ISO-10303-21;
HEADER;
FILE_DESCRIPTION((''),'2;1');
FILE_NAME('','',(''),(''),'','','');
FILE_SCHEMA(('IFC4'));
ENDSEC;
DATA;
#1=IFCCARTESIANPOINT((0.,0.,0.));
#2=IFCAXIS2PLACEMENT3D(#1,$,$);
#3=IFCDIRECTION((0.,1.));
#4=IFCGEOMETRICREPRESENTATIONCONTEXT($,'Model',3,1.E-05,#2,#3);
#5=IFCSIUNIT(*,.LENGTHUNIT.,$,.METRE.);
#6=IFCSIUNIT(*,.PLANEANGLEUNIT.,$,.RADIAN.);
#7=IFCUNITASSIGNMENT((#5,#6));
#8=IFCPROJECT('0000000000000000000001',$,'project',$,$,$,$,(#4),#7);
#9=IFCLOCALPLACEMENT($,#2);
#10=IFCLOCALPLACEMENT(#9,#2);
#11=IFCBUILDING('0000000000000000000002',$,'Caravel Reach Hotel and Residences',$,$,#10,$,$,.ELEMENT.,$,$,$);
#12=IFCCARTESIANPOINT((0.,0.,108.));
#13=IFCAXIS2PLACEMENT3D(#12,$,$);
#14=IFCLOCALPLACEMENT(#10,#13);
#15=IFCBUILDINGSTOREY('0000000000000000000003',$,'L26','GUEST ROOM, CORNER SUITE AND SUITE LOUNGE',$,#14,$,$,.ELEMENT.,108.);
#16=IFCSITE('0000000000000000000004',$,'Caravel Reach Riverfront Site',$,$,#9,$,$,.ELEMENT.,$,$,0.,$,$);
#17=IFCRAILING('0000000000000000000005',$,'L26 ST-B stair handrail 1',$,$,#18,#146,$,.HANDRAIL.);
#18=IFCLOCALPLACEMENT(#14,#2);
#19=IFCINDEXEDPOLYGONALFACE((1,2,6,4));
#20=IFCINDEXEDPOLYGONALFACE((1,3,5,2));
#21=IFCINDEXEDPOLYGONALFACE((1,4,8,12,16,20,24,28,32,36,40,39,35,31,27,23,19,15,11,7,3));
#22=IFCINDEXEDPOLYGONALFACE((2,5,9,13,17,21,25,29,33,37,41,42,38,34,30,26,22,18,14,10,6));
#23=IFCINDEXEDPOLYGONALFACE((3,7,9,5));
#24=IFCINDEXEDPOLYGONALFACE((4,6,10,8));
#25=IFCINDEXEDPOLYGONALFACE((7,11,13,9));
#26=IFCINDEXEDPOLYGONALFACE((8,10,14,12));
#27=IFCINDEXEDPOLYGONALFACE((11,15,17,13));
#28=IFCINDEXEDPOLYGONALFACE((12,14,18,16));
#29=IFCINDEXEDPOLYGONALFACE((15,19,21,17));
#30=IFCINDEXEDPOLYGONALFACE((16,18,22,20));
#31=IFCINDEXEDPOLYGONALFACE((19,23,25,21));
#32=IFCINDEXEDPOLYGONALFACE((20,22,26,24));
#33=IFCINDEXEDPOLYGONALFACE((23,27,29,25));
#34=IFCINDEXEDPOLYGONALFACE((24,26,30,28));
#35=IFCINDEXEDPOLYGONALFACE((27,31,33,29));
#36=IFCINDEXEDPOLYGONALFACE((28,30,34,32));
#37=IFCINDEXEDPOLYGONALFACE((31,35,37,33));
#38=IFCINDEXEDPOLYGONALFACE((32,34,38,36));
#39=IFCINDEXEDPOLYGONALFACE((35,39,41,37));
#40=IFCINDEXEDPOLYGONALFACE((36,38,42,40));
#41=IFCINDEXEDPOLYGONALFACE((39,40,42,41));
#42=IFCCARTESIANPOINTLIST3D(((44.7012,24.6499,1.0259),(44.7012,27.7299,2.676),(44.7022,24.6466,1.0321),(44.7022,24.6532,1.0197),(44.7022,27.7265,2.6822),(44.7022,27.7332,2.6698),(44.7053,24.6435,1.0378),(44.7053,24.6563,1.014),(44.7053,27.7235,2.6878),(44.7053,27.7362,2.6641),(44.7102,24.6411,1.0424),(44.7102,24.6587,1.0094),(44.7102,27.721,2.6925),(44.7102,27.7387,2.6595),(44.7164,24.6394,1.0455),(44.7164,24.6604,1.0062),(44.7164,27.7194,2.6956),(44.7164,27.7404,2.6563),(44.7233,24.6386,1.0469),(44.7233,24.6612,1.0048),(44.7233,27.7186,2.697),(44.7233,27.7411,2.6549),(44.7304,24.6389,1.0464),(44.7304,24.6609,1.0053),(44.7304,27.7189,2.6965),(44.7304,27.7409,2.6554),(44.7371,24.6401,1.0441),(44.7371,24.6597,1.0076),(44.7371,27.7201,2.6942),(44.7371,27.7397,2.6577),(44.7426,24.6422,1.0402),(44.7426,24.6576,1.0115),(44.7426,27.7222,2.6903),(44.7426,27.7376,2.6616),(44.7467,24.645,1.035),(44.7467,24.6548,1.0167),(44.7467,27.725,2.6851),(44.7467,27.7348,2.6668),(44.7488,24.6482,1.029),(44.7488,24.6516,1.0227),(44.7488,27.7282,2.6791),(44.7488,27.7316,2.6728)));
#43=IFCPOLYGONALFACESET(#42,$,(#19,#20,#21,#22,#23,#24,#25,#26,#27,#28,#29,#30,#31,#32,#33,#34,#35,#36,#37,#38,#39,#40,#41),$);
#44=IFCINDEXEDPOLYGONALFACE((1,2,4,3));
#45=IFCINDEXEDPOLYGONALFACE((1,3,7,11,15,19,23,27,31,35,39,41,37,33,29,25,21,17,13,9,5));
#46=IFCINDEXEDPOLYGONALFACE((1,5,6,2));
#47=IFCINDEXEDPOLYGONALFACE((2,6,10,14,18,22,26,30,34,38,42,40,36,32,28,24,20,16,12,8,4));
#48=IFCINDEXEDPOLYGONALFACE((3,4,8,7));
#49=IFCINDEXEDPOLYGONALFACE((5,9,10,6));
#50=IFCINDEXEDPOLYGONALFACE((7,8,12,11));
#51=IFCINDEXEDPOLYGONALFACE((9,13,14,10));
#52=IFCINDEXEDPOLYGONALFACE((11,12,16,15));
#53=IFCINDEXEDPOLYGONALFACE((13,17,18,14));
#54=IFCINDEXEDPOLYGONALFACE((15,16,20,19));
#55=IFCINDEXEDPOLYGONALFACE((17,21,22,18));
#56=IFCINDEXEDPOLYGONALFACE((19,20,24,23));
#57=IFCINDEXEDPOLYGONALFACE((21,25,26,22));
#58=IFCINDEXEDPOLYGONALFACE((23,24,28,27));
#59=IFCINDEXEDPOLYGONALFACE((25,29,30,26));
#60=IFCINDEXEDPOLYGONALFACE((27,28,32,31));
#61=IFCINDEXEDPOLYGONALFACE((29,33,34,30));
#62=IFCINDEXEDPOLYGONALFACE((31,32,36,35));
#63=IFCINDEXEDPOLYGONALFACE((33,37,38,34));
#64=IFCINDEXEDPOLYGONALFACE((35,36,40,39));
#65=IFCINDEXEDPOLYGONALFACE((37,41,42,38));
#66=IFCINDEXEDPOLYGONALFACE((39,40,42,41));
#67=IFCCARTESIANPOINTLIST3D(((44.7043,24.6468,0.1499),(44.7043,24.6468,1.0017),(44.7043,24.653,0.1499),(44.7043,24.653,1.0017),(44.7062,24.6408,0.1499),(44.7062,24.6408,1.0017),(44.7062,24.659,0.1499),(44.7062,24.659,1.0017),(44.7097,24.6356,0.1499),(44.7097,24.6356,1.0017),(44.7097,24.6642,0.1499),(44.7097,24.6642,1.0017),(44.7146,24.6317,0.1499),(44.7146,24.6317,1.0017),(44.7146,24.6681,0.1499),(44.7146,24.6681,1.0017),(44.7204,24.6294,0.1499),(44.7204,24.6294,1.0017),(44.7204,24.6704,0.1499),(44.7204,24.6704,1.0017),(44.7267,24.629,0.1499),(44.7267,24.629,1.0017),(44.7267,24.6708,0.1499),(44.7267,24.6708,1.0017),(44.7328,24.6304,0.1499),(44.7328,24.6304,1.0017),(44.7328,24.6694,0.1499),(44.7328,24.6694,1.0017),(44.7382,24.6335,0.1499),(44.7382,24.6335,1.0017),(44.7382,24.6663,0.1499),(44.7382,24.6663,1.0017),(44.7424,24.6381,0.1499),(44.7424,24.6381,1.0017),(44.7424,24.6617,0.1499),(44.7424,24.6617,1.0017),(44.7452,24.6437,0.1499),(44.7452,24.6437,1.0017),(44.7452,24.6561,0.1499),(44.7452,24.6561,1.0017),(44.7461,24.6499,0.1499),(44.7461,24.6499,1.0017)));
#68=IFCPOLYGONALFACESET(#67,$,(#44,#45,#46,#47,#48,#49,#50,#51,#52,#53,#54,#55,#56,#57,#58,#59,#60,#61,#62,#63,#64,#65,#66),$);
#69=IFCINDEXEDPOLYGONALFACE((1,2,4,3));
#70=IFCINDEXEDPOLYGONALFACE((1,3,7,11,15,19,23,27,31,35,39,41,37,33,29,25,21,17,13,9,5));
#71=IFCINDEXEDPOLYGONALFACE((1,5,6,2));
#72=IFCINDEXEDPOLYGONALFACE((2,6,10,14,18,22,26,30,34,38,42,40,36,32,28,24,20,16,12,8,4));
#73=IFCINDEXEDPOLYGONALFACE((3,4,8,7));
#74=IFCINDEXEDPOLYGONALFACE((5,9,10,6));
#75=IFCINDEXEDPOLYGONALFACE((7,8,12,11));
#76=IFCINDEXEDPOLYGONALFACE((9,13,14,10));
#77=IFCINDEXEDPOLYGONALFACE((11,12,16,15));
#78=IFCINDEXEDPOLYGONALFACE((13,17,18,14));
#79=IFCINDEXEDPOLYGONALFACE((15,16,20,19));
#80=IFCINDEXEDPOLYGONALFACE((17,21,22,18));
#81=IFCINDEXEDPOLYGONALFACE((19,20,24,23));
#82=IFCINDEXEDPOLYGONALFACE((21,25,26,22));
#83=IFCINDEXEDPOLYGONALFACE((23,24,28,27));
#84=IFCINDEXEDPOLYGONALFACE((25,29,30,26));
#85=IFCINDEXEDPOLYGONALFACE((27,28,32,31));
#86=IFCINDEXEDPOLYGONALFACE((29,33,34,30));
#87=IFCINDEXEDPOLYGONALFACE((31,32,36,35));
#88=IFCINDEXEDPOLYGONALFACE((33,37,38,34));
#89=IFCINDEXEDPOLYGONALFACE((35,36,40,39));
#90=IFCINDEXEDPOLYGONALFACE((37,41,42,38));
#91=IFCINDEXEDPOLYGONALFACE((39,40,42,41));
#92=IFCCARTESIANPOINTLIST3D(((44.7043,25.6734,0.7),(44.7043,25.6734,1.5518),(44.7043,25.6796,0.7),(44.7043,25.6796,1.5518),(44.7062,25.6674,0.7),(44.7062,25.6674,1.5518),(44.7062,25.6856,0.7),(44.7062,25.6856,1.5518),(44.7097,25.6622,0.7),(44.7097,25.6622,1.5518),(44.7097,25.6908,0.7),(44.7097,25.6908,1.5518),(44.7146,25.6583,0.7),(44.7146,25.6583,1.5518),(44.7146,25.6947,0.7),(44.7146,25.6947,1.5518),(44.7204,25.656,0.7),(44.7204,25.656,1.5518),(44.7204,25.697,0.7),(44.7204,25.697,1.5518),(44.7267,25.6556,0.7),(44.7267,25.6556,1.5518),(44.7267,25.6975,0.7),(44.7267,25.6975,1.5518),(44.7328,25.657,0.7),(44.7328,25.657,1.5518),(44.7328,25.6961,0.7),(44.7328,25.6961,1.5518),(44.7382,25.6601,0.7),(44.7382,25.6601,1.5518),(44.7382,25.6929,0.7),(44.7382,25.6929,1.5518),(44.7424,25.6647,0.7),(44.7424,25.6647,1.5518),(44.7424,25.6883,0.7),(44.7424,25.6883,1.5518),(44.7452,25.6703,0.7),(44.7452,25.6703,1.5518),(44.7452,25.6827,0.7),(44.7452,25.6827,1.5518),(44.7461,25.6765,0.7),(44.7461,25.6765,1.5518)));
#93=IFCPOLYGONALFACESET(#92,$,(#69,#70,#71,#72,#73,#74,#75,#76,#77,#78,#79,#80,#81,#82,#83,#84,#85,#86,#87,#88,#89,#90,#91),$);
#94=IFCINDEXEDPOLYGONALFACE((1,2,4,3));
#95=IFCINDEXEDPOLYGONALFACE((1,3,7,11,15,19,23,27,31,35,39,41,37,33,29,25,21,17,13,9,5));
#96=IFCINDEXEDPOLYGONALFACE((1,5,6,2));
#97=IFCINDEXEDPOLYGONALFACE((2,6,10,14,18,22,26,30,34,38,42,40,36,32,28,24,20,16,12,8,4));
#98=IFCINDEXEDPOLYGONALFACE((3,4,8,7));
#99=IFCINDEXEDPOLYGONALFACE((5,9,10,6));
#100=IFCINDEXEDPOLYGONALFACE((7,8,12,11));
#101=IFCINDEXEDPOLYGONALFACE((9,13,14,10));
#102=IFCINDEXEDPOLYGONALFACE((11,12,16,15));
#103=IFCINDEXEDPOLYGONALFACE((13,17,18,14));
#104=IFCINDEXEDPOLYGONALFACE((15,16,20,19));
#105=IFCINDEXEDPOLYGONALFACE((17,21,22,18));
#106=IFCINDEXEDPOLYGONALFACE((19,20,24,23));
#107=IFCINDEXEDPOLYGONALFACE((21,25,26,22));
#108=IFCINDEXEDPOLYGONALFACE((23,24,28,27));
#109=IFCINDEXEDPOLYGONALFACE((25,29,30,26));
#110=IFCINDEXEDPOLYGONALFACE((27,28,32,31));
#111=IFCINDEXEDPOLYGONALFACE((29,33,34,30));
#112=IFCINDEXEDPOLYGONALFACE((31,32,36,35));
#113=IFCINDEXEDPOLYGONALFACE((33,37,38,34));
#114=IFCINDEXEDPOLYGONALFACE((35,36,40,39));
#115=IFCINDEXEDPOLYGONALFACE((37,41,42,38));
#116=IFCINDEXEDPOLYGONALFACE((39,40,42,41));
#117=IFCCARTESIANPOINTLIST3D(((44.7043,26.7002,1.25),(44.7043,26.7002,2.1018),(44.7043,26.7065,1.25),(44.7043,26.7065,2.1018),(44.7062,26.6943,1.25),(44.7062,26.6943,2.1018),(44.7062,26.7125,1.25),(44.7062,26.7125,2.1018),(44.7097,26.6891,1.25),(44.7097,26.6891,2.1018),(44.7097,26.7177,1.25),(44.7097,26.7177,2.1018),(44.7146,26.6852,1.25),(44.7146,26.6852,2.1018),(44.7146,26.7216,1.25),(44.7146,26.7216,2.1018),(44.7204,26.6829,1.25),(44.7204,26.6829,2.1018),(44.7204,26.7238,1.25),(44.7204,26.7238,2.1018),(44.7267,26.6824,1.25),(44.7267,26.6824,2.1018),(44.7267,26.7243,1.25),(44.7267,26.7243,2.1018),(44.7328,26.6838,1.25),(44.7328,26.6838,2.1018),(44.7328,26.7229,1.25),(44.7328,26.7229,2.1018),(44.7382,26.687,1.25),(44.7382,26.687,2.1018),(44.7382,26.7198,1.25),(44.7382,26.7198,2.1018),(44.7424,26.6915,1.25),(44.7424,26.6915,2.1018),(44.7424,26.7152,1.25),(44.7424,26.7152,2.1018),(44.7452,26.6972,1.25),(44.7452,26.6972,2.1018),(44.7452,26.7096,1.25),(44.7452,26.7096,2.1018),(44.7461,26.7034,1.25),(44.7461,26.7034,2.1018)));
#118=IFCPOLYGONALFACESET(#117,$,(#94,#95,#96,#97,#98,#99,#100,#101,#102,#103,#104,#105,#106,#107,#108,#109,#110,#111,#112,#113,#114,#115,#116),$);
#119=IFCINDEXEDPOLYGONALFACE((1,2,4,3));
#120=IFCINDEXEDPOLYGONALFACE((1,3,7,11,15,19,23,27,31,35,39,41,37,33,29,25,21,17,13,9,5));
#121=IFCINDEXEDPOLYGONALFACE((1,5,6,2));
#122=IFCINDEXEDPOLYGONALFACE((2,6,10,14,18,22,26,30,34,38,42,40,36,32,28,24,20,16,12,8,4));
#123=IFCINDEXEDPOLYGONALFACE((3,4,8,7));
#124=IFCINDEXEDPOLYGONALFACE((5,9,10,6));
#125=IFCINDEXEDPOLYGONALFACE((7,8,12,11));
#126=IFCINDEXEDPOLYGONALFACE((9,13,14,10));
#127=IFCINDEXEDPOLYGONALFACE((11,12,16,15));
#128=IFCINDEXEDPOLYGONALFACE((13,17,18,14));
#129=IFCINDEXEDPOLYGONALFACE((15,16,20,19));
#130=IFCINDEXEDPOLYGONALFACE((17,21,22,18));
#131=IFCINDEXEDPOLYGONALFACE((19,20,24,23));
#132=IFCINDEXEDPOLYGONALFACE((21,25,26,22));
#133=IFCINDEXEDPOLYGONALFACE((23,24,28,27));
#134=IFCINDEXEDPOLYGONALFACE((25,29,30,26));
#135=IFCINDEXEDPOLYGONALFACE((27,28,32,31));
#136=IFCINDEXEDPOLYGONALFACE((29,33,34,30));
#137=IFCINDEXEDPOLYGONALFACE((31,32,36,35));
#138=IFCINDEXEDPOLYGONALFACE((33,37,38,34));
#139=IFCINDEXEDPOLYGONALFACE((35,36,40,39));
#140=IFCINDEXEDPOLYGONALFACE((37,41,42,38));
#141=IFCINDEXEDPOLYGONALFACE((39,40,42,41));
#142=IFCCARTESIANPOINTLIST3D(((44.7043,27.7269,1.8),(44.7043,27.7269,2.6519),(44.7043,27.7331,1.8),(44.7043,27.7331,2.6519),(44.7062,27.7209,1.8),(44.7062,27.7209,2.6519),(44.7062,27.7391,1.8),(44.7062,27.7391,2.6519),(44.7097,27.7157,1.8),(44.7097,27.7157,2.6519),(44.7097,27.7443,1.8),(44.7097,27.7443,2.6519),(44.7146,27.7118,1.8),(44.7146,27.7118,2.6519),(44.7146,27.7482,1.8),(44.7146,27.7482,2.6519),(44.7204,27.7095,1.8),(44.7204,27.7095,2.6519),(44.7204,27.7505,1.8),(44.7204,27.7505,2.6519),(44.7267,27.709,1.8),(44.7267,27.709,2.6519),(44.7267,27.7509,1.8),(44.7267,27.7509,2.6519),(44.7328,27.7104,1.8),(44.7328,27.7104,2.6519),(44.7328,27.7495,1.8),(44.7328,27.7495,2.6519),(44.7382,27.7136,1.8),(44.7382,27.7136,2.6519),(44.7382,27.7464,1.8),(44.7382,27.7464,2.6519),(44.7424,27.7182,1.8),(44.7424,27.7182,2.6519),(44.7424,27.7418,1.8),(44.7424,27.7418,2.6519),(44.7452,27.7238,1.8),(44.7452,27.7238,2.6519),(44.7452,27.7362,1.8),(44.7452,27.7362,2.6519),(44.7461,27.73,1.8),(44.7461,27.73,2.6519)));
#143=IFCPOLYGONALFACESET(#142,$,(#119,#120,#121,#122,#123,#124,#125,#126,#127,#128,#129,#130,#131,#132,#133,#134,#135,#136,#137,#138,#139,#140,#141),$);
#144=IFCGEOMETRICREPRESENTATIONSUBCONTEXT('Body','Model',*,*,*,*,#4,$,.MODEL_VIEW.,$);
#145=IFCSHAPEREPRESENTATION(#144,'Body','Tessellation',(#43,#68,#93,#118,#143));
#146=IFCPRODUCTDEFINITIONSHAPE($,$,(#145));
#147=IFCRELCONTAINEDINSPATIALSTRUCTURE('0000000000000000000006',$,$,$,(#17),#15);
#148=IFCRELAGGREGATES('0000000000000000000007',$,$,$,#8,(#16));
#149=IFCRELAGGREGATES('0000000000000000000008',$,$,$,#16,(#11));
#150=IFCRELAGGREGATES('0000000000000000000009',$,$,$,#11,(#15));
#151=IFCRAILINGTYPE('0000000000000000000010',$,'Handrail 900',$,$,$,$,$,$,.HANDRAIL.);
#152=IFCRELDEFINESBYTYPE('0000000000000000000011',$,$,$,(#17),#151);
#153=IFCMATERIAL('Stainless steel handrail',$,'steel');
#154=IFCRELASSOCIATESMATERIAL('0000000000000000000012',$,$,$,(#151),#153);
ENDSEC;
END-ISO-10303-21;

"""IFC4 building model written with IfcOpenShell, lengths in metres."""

from ifc_helpers import new_model, si_unit, direction, frame, origin, origin_2d, place, context, subcontext, project, spatial, circle, extrude, material, type_object, element, save


model = new_model("IFC4")

# Units and contexts
model_context = context("Model", 3, precision=1e-05, world=origin(), true_north=direction((0.0, 1.0)))
body_context = subcontext(model_context, "Body", "Model", "MODEL_VIEW")
ifc_project = project(units=[si_unit("LENGTHUNIT", "METRE"), si_unit("PLANEANGLEUNIT", "RADIAN")], contexts=[model_context])

# Site, building, storey
site_placement = place(None, origin())
site = spatial("IfcSite", under=ifc_project, at=site_placement, Name="Caravel Reach Riverfront Site", CompositionType="ELEMENT", RefElevation=0.0)
building_placement = place(site_placement, origin())
building = spatial("IfcBuilding", under=site, at=building_placement, Name="Caravel Reach Hotel and Residences", CompositionType="ELEMENT")
storey_placement = place(building_placement, frame((0.0, 0.0, 108.0)))
storey = spatial("IfcBuildingStorey", under=building, at=storey_placement, Name="L26", Description="GUEST ROOM, CORNER SUITE AND SUITE LOUNGE", CompositionType="ELEMENT", Elevation=108.0)

# Railing
ifc_material_1 = material(Name="Stainless steel handrail", Category="steel")
railing_type_1 = type_object("IfcRailingType", Name="Handrail 900", PredefinedType="HANDRAIL", material=ifc_material_1)
railing_1_placement = place(storey_placement, frame((44.7251, 24.6499, 0.1499)))
element("IfcRailing", 1, at=railing_1_placement, inside=storey, type_object=railing_type_1, Name="L26 ST-B stair handrail 1", PredefinedType="HANDRAIL", context=body_context, shape_type="SweptSolid", body=[
    extrude(circle(Radius=0.0239, at=origin_2d()), frame((0.0, 0.0, 0.876), z_axis=(0.0, 0.881468, 0.472245), x_axis=(-1.0, 0.0, 0.0)), (0.0, 0.0, 1.0), 3.4941),
    extrude(circle(Radius=0.021, at=origin_2d()), origin(), (0.0, 0.0, 1.0), 0.8518),
    extrude(circle(Radius=0.021, at=origin_2d()), frame((0.0, 1.0266, 0.55)), (0.0, 0.0, 1.0), 0.8518),
    extrude(circle(Radius=0.021, at=origin_2d()), frame((0.0, 2.0535, 1.1001)), (0.0, 0.0, 1.0), 0.8518),
    extrude(circle(Radius=0.021, at=origin_2d()), frame((0.0, 3.0801, 1.6501)), (0.0, 0.0, 1.0), 0.8518),
])

save(model, "model.ifc")
